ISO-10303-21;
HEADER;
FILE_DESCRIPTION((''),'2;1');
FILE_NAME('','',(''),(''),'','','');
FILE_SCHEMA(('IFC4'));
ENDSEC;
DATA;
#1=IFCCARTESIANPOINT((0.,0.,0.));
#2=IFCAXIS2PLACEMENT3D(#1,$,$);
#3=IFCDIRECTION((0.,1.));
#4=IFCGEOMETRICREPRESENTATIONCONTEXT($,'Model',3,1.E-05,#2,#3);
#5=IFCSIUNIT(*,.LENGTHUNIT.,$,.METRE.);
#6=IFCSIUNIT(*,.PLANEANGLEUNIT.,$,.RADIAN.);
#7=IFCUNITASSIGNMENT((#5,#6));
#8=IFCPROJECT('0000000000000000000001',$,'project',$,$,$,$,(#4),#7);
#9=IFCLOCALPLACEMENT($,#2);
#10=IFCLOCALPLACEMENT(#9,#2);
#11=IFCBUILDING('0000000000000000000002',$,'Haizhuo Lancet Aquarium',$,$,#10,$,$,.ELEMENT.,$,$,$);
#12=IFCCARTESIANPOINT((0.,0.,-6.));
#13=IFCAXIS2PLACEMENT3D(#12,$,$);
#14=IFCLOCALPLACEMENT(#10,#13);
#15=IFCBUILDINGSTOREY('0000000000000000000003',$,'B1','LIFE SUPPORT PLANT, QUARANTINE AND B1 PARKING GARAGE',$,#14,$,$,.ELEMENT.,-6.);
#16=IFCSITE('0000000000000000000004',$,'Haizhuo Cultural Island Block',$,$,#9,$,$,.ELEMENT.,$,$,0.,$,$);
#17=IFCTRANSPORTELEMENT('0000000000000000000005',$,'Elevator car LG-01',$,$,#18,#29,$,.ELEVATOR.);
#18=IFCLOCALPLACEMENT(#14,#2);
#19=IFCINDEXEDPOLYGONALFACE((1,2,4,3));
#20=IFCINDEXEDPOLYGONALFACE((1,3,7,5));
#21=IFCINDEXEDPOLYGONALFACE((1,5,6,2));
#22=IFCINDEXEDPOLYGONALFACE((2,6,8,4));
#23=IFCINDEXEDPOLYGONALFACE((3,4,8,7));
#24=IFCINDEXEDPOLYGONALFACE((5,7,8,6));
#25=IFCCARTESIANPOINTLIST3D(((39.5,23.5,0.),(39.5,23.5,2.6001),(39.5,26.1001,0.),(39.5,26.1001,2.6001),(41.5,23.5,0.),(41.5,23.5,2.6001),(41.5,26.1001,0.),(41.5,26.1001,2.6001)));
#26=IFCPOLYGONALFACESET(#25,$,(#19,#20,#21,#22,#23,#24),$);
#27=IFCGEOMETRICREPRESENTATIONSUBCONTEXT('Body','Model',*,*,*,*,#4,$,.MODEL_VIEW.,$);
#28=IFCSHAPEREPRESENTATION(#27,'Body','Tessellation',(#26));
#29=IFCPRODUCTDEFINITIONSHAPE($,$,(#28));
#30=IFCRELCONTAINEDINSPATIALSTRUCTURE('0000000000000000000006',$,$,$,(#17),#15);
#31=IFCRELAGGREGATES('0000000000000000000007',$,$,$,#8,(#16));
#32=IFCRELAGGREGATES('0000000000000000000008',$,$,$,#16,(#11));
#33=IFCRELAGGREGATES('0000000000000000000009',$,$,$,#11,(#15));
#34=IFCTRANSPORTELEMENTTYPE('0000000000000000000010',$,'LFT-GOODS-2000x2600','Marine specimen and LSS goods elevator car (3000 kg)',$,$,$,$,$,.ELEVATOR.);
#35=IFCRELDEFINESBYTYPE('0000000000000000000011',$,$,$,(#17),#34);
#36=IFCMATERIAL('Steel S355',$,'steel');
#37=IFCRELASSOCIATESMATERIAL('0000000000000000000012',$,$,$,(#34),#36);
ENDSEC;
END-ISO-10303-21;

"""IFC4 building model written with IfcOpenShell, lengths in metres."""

from ifc_helpers import new_model, si_unit, direction, frame, origin, origin_2d, place, context, subcontext, project, spatial, rectangle, extrude, material, type_object, element, save


model = new_model("IFC4")

# Units and contexts
model_context = context("Model", 3, precision=1e-05, world=origin(), true_north=direction((0.0, 1.0)))
body_context = subcontext(model_context, "Body", "Model", "MODEL_VIEW")
ifc_project = project(units=[si_unit("LENGTHUNIT", "METRE"), si_unit("PLANEANGLEUNIT", "RADIAN")], contexts=[model_context])

# Site, building, storey
site_placement = place(None, origin())
site = spatial("IfcSite", under=ifc_project, at=site_placement, Name="Haizhuo Cultural Island Block", CompositionType="ELEMENT", RefElevation=0.0)
building_placement = place(site_placement, origin())
building = spatial("IfcBuilding", under=site, at=building_placement, Name="Haizhuo Lancet Aquarium", CompositionType="ELEMENT")
storey_placement = place(building_placement, frame((0.0, 0.0, -6.0)))
storey = spatial("IfcBuildingStorey", under=building, at=storey_placement, Name="B1", Description="LIFE SUPPORT PLANT, QUARANTINE AND B1 PARKING GARAGE", CompositionType="ELEMENT", Elevation=-6.0)

# Shared definitions
ifc_material_1 = material(Name="Steel S355", Category="steel")

# Transport element
transport_element_type = type_object("IfcTransportElementType", Name="LFT-GOODS-2000x2600", Description="Marine specimen and LSS goods elevator car (3000 kg)", PredefinedType="ELEVATOR", material=ifc_material_1)
transport_element_placement = place(storey_placement, frame((40.5, 24.8, 0.0), z_axis=(0.0, 0.0, 1.0), x_axis=(1.0, 0.0, 0.0)))
element("IfcTransportElement", 1, at=transport_element_placement, inside=storey, type_object=transport_element_type, Name="Elevator car LG-01", PredefinedType="ELEVATOR", context=body_context, shape_type="SweptSolid", body=[
    extrude(rectangle(XDim=2.0, YDim=2.6001, at=origin_2d()), origin(), (0.0, 0.0, 1.0), 2.6001),
])

save(model, "model.ifc")
